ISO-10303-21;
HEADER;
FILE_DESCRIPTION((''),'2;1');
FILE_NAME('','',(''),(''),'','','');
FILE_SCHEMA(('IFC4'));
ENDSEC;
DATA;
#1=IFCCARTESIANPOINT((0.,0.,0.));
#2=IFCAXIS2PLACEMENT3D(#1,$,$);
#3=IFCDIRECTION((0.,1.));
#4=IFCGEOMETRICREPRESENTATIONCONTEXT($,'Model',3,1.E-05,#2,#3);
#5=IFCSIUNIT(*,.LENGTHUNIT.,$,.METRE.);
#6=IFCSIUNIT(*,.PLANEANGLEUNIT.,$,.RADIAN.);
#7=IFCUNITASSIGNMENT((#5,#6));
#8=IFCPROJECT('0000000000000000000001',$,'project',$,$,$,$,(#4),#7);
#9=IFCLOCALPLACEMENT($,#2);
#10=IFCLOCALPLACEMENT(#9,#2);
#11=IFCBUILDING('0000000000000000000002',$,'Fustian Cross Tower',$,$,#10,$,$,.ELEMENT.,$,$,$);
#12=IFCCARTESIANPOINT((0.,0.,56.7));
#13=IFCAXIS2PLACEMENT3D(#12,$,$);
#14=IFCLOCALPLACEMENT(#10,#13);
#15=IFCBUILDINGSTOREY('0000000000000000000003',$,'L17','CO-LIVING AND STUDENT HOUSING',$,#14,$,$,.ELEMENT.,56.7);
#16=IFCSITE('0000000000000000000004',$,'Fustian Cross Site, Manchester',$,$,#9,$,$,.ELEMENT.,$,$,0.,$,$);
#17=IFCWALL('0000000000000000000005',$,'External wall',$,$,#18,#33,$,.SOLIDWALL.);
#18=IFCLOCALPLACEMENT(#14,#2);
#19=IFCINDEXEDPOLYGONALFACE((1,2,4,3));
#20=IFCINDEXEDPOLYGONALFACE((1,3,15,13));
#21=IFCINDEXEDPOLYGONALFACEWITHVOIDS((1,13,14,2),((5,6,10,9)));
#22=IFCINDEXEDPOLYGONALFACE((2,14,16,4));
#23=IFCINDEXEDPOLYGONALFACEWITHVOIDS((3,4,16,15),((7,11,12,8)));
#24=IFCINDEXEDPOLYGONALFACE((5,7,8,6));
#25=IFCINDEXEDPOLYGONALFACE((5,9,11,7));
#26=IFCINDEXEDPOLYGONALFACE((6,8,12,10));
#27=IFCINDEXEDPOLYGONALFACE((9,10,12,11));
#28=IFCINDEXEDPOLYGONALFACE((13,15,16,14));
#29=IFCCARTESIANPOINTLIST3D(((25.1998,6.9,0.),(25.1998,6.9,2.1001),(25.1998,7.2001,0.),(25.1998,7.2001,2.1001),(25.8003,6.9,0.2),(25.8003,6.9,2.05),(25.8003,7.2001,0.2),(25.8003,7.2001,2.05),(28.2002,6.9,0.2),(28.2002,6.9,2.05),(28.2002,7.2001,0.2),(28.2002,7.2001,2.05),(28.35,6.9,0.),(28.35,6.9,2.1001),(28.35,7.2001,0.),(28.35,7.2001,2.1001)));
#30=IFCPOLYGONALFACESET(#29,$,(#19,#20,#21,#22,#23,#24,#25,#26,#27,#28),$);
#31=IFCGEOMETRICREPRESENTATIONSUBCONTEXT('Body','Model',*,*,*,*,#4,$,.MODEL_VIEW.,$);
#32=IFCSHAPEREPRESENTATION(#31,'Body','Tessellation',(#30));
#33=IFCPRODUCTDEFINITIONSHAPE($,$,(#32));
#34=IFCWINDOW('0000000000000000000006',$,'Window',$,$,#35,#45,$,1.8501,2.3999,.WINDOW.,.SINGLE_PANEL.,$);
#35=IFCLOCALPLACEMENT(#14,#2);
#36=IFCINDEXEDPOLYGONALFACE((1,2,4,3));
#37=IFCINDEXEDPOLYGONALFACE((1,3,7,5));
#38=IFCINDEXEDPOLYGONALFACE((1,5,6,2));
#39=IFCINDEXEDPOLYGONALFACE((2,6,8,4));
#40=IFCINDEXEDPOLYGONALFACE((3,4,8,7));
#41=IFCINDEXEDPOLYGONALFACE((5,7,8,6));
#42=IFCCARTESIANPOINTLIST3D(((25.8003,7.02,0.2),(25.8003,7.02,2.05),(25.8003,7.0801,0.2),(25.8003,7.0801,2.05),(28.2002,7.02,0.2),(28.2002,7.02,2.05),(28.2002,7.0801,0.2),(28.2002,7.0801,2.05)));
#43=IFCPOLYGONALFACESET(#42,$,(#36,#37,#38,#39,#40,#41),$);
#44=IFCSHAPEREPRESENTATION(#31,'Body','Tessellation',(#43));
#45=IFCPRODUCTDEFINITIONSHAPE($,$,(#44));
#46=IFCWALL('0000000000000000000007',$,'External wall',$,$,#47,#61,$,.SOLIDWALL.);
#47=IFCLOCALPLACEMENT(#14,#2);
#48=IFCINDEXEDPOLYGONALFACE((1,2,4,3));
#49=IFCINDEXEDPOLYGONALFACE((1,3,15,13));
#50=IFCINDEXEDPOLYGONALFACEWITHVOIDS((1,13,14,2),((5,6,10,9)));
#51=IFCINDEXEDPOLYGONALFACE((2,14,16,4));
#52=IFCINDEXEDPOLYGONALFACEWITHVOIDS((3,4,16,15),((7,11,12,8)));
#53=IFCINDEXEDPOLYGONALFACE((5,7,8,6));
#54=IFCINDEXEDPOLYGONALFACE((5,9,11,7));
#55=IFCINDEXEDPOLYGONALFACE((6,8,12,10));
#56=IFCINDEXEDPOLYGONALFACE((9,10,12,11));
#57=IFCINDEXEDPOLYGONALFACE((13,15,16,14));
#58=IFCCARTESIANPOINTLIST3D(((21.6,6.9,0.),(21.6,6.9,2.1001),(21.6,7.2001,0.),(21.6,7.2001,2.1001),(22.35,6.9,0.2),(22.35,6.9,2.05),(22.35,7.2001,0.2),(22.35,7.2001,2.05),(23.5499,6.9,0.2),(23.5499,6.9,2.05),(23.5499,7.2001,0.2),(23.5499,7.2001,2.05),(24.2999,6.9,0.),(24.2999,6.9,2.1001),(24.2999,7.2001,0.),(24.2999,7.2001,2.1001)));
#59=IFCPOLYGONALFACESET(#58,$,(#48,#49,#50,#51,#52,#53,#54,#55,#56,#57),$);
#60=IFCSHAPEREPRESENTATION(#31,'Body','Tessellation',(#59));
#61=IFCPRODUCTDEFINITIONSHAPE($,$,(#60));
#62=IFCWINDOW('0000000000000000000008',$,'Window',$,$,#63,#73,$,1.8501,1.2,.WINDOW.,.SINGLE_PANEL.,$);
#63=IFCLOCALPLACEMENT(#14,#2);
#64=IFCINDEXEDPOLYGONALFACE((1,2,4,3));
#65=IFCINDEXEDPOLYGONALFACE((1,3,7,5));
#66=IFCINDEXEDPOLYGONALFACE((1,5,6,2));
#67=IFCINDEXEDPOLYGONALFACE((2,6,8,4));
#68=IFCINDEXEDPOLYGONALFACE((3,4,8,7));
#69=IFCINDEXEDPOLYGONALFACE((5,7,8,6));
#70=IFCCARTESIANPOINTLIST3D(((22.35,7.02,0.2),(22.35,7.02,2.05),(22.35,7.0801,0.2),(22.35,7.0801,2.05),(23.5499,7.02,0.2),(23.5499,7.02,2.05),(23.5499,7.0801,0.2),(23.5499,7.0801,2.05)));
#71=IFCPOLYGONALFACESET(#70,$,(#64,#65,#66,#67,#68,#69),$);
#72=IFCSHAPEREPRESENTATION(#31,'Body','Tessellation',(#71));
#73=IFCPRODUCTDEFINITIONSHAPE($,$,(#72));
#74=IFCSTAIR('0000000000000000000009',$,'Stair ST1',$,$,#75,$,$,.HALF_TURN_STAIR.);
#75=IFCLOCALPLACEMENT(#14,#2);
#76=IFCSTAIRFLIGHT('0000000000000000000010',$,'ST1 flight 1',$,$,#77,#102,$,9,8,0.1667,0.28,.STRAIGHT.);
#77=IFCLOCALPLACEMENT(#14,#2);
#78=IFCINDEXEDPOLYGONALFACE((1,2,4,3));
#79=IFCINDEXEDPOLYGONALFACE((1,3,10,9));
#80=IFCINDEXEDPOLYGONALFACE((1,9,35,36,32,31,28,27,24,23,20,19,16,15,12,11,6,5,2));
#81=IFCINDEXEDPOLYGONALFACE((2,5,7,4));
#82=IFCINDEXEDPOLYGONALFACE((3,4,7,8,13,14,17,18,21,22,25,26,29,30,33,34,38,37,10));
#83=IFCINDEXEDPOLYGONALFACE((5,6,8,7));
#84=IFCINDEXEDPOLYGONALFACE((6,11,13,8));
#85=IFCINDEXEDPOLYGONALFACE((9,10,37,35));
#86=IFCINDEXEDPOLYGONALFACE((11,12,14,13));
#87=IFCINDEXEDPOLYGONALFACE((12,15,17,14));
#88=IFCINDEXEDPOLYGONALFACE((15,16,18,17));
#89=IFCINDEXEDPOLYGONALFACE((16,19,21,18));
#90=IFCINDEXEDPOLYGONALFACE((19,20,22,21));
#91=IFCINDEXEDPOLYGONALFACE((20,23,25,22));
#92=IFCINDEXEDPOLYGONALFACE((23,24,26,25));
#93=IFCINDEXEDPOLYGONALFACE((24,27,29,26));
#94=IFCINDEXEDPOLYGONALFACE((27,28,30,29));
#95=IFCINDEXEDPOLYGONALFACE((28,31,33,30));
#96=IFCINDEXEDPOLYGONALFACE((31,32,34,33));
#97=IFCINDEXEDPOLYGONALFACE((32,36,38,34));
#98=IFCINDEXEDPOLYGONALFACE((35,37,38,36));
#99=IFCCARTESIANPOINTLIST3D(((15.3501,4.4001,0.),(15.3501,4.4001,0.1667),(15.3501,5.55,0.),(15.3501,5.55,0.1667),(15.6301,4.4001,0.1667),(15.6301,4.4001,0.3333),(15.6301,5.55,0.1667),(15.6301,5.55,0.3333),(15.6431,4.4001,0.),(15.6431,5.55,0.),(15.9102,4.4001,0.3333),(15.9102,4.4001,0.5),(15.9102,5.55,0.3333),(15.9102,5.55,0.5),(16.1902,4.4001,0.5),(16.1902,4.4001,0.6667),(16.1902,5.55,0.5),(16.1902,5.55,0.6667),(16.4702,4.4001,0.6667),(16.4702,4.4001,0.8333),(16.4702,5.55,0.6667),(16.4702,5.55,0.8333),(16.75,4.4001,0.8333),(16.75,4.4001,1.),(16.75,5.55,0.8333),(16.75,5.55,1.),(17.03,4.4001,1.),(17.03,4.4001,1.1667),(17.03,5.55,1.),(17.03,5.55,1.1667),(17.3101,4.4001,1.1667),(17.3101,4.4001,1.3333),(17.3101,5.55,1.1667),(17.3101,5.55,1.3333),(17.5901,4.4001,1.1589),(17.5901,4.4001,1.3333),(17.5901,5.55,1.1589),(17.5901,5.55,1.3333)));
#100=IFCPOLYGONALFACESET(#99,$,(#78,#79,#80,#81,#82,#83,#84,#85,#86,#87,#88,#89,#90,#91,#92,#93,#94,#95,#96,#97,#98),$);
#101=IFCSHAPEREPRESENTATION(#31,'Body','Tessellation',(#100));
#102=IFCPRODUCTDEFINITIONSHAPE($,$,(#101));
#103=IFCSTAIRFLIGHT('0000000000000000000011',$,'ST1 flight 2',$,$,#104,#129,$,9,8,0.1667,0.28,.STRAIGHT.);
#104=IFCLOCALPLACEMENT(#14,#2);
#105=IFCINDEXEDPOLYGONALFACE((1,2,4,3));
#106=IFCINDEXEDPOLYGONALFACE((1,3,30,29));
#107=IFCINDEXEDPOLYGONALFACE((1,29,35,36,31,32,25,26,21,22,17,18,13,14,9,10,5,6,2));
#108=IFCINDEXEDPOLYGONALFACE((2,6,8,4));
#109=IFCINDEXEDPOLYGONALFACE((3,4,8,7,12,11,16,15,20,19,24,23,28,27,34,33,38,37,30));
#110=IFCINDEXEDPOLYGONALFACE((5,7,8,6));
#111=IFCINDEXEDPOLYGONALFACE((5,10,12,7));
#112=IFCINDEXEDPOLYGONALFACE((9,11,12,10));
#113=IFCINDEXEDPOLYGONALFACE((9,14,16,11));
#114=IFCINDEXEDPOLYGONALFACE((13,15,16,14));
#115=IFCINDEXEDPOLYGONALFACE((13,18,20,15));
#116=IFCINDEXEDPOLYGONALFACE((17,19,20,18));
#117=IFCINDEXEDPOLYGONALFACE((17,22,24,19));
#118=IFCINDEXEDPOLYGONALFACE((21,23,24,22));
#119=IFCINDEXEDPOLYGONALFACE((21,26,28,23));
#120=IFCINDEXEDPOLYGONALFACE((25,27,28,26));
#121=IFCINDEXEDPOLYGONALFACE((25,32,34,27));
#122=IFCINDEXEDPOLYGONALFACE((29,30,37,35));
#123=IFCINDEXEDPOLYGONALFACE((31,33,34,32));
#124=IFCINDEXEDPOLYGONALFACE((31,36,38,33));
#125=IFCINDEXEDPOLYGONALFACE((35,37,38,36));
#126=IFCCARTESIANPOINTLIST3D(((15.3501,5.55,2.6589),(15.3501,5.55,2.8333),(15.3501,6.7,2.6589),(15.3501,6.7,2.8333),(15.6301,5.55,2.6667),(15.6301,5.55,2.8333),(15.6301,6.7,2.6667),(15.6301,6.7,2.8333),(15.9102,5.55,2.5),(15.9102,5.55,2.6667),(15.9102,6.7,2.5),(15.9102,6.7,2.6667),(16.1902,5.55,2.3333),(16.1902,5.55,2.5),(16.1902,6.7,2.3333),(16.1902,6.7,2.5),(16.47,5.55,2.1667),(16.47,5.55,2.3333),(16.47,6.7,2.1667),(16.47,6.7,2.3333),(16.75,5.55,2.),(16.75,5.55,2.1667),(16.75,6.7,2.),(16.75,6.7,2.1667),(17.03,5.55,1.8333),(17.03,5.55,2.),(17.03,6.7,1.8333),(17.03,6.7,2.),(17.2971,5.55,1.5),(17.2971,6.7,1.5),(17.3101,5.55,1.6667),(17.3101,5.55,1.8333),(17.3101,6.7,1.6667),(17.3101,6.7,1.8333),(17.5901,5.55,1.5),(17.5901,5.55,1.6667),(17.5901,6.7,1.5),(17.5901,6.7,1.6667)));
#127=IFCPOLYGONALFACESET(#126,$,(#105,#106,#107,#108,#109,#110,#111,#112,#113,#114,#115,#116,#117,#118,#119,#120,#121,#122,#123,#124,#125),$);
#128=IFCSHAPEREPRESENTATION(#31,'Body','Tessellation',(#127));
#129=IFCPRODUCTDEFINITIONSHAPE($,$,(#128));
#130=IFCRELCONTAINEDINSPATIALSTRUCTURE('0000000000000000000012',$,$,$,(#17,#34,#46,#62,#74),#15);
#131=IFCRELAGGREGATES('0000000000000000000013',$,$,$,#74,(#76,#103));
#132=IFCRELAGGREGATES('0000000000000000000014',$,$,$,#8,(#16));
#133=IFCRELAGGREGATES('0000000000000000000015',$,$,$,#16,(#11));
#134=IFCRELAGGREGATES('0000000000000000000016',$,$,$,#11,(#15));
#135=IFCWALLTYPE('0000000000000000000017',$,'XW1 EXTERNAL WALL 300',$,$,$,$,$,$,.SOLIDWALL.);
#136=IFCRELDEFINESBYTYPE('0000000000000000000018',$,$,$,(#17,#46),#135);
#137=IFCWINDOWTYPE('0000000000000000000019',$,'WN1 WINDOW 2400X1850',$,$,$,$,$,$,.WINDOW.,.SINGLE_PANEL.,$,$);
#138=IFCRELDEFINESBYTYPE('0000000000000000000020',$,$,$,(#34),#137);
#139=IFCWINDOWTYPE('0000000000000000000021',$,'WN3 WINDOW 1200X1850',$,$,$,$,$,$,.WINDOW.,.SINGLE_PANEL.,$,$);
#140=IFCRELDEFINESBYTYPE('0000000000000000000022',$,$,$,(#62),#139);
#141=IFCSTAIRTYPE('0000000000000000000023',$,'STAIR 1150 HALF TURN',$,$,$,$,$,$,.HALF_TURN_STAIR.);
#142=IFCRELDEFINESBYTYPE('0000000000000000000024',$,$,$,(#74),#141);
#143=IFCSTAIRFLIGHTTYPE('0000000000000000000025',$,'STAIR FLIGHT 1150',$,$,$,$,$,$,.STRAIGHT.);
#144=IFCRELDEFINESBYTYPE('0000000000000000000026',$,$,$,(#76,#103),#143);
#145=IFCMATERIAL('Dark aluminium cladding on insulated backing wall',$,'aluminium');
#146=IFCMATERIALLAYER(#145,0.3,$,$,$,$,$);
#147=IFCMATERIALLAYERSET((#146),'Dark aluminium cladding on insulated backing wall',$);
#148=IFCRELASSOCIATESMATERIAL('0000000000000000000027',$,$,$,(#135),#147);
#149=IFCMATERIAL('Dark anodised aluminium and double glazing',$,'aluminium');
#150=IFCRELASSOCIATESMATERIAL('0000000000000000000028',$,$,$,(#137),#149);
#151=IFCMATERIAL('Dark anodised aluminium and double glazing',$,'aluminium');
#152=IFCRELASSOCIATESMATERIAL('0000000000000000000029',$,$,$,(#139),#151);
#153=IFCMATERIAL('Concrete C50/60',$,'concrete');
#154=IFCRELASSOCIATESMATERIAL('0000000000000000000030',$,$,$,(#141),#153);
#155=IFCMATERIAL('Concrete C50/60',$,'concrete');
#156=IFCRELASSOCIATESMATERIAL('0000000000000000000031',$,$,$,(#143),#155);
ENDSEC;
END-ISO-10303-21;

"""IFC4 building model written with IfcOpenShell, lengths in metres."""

from ifc_helpers import new_model, si_unit, direction, frame, frame_2d, origin, place, context, subcontext, project, spatial, polyline, rectangle, outline, extrude, material, layer, layer_set, type_object, element, fill, aggregate, save


model = new_model("IFC4")

# Units and contexts
model_context = context("Model", 3, precision=1e-05, world=origin(), true_north=direction((0.0, 1.0)))
body_context = subcontext(model_context, "Body", "Model", "MODEL_VIEW")
ifc_project = project(units=[si_unit("LENGTHUNIT", "METRE"), si_unit("PLANEANGLEUNIT", "RADIAN")], contexts=[model_context])

# Site, building, storey
site_placement = place(None, origin())
site = spatial("IfcSite", under=ifc_project, at=site_placement, Name="Fustian Cross Site, Manchester", CompositionType="ELEMENT", RefElevation=0.0)
building_placement = place(site_placement, origin())
building = spatial("IfcBuilding", under=site, at=building_placement, Name="Fustian Cross Tower", CompositionType="ELEMENT")
storey_placement = place(building_placement, frame((0.0, 0.0, 56.7)))
storey = spatial("IfcBuildingStorey", under=building, at=storey_placement, Name="L17", Description="CO-LIVING AND STUDENT HOUSING", CompositionType="ELEMENT", Elevation=56.7)

# Walls, openings, windows
ifc_material_1 = material(Name="Dark aluminium cladding on insulated backing wall", Category="aluminium")
ifc_layer_1 = layer(ifc_material_1, 0.3)
ifc_layer_set_1 = layer_set([ifc_layer_1], Name="Dark aluminium cladding on insulated backing wall")
wall_type_1 = type_object("IfcWallType", Name="XW1 EXTERNAL WALL 300", PredefinedType="SOLIDWALL", material=ifc_layer_set_1)
wall_1_placement = place(storey_placement, frame((28.3501, 7.05, 0.0), z_axis=(0.0, 0.0, 1.0), x_axis=(-1.0, 0.0, 0.0)))
wall_1 = element("IfcWall", 1, at=wall_1_placement, inside=storey, type_object=wall_type_1, Name="External wall", PredefinedType="SOLIDWALL", context=body_context, shape_type="SweptSolid", body=[
    extrude(rectangle(XDim=3.1501, YDim=0.3, at=frame_2d((1.5752, 0.0))), origin(), (0.0, 0.0, 1.0), 2.1001),
])
opening_1_placement = place(wall_1_placement, frame((0.1499, 0.0, 0.2)))
opening_1 = element("IfcOpeningElement", 2, at=opening_1_placement, cuts=wall_1, PredefinedType="OPENING", context=body_context, shape_type="SweptSolid", body=[
    extrude(rectangle(XDim=2.3999, YDim=1.8501, at=frame_2d((1.2, 0.925))), frame((0.0, 0.1599, 0.0), z_axis=(0.0, -1.0, 0.0), x_axis=(1.0, 0.0, 0.0)), (0.0, 0.0, 1.0), 0.3201),
])
ifc_material_2 = material(Name="Dark anodised aluminium and double glazing", Category="aluminium")
window_type_1 = type_object("IfcWindowType", Name="WN1 WINDOW 2400X1850", PartitioningType="SINGLE_PANEL", PredefinedType="WINDOW", material=ifc_material_2)
window_1_placement = place(opening_1_placement, origin())
window_1 = element("IfcWindow", 3, at=window_1_placement, inside=storey, type_object=window_type_1, Name="Window", OverallHeight=1.8501, OverallWidth=2.3999, PartitioningType="SINGLE_PANEL", PredefinedType="WINDOW", context=body_context, shape_type="SweptSolid", body=[
    extrude(rectangle(XDim=2.3999, YDim=1.8501, at=frame_2d((1.2, 0.925))), frame((0.0, 0.03, 0.0), z_axis=(0.0, -1.0, 0.0), x_axis=(1.0, 0.0, 0.0)), (0.0, 0.0, 1.0), 0.0601),
])
fill(opening_1, window_1)
wall_2_placement = place(storey_placement, frame((24.3, 7.05, 0.0), z_axis=(0.0, 0.0, 1.0), x_axis=(-1.0, 0.0, 0.0)))
wall_2 = element("IfcWall", 4, at=wall_2_placement, inside=storey, type_object=wall_type_1, Name="External wall", PredefinedType="SOLIDWALL", context=body_context, shape_type="SweptSolid", body=[
    extrude(rectangle(XDim=2.7, YDim=0.3, at=frame_2d((1.3501, 0.0))), origin(), (0.0, 0.0, 1.0), 2.1001),
])
opening_2_placement = place(wall_2_placement, frame((0.75, 0.0, 0.2)))
opening_2 = element("IfcOpeningElement", 5, at=opening_2_placement, cuts=wall_2, PredefinedType="OPENING", context=body_context, shape_type="SweptSolid", body=[
    extrude(rectangle(XDim=1.2, YDim=1.8501, at=frame_2d((0.6001, 0.925))), frame((0.0, 0.1599, 0.0), z_axis=(0.0, -1.0, 0.0), x_axis=(1.0, 0.0, 0.0)), (0.0, 0.0, 1.0), 0.3201),
])
ifc_material_3 = material(Name="Dark anodised aluminium and double glazing", Category="aluminium")
window_type_2 = type_object("IfcWindowType", Name="WN3 WINDOW 1200X1850", PartitioningType="SINGLE_PANEL", PredefinedType="WINDOW", material=ifc_material_3)
window_2_placement = place(opening_2_placement, origin())
window_2 = element("IfcWindow", 6, at=window_2_placement, inside=storey, type_object=window_type_2, Name="Window", OverallHeight=1.8501, OverallWidth=1.2, PartitioningType="SINGLE_PANEL", PredefinedType="WINDOW", context=body_context, shape_type="SweptSolid", body=[
    extrude(rectangle(XDim=1.2, YDim=1.8501, at=frame_2d((0.6001, 0.925))), frame((0.0, 0.03, 0.0), z_axis=(0.0, -1.0, 0.0), x_axis=(1.0, 0.0, 0.0)), (0.0, 0.0, 1.0), 0.0601),
])
fill(opening_2, window_2)

# Stair, stair flights
ifc_material_4 = material(Name="Concrete C50/60", Category="concrete")
stair_type = type_object("IfcStairType", Name="STAIR 1150 HALF TURN", PredefinedType="HALF_TURN_STAIR", material=ifc_material_4)
stair_placement = place(storey_placement, origin())
stair = element("IfcStair", 7, at=stair_placement, inside=storey, type_object=stair_type, Name="Stair ST1", PredefinedType="HALF_TURN_STAIR")
ifc_material_5 = material(Name="Concrete C50/60", Category="concrete")
stair_flight_type = type_object("IfcStairFlightType", Name="STAIR FLIGHT 1150", PredefinedType="STRAIGHT", material=ifc_material_5)
stair_flight_1_placement = place(storey_placement, frame((15.3501, 4.9751, 0.0), z_axis=(0.0, 0.0, 1.0), x_axis=(1.0, 0.0, 0.0)))
stair_flight_1 = element("IfcStairFlight", 8, at=stair_flight_1_placement, type_object=stair_flight_type, Name="ST1 flight 1", NumberOfRisers=9, NumberOfTreads=8, PredefinedType="STRAIGHT", RiserHeight=0.1667, TreadLength=0.28, context=body_context, shape_type="SweptSolid", body=[
    extrude(outline(polyline([(0.0, 0.0), (0.0, 0.1667), (0.28, 0.1667), (0.28, 0.3333), (0.5601, 0.3333), (0.5601, 0.5), (0.8401, 0.5), (0.8401, 0.6667), (1.1201, 0.6667), (1.1201, 0.8333), (1.3999, 0.8333), (1.3999, 1.0), (1.6799, 1.0), (1.6799, 1.1667), (1.96, 1.1667), (1.96, 1.3333), (2.24, 1.3333), (2.24, 1.5), (2.24, 1.1589), (0.293, 0.0), (0.0, 0.0)])), frame((0.0, 0.575, 0.0), z_axis=(0.0, -1.0, 0.0), x_axis=(1.0, 0.0, 0.0)), (0.0, 0.0, 1.0), 1.1499),
])
stair_flight_2_placement = place(storey_placement, frame((17.5901, 6.125, 1.5), z_axis=(0.0, 0.0, 1.0), x_axis=(-1.0, 0.0, 0.0)))
stair_flight_2 = element("IfcStairFlight", 9, at=stair_flight_2_placement, type_object=stair_flight_type, Name="ST1 flight 2", NumberOfRisers=9, NumberOfTreads=8, PredefinedType="STRAIGHT", RiserHeight=0.1667, TreadLength=0.28, context=body_context, shape_type="SweptSolid", body=[
    extrude(outline(polyline([(0.0, 0.0), (0.0, 0.1667), (0.28, 0.1667), (0.28, 0.3333), (0.5601, 0.3333), (0.5601, 0.5), (0.8401, 0.5), (0.8401, 0.6667), (1.1201, 0.6667), (1.1201, 0.8333), (1.3999, 0.8333), (1.3999, 1.0), (1.6799, 1.0), (1.6799, 1.1667), (1.96, 1.1667), (1.96, 1.3333), (2.24, 1.3333), (2.24, 1.5), (2.24, 1.1589), (0.293, 0.0), (0.0, 0.0)])), frame((0.0, 0.575, 0.0), z_axis=(0.0, -1.0, 0.0), x_axis=(1.0, 0.0, 0.0)), (0.0, 0.0, 1.0), 1.1499),
])
aggregate(stair, [stair_flight_1, stair_flight_2])

save(model, "model.ifc")
